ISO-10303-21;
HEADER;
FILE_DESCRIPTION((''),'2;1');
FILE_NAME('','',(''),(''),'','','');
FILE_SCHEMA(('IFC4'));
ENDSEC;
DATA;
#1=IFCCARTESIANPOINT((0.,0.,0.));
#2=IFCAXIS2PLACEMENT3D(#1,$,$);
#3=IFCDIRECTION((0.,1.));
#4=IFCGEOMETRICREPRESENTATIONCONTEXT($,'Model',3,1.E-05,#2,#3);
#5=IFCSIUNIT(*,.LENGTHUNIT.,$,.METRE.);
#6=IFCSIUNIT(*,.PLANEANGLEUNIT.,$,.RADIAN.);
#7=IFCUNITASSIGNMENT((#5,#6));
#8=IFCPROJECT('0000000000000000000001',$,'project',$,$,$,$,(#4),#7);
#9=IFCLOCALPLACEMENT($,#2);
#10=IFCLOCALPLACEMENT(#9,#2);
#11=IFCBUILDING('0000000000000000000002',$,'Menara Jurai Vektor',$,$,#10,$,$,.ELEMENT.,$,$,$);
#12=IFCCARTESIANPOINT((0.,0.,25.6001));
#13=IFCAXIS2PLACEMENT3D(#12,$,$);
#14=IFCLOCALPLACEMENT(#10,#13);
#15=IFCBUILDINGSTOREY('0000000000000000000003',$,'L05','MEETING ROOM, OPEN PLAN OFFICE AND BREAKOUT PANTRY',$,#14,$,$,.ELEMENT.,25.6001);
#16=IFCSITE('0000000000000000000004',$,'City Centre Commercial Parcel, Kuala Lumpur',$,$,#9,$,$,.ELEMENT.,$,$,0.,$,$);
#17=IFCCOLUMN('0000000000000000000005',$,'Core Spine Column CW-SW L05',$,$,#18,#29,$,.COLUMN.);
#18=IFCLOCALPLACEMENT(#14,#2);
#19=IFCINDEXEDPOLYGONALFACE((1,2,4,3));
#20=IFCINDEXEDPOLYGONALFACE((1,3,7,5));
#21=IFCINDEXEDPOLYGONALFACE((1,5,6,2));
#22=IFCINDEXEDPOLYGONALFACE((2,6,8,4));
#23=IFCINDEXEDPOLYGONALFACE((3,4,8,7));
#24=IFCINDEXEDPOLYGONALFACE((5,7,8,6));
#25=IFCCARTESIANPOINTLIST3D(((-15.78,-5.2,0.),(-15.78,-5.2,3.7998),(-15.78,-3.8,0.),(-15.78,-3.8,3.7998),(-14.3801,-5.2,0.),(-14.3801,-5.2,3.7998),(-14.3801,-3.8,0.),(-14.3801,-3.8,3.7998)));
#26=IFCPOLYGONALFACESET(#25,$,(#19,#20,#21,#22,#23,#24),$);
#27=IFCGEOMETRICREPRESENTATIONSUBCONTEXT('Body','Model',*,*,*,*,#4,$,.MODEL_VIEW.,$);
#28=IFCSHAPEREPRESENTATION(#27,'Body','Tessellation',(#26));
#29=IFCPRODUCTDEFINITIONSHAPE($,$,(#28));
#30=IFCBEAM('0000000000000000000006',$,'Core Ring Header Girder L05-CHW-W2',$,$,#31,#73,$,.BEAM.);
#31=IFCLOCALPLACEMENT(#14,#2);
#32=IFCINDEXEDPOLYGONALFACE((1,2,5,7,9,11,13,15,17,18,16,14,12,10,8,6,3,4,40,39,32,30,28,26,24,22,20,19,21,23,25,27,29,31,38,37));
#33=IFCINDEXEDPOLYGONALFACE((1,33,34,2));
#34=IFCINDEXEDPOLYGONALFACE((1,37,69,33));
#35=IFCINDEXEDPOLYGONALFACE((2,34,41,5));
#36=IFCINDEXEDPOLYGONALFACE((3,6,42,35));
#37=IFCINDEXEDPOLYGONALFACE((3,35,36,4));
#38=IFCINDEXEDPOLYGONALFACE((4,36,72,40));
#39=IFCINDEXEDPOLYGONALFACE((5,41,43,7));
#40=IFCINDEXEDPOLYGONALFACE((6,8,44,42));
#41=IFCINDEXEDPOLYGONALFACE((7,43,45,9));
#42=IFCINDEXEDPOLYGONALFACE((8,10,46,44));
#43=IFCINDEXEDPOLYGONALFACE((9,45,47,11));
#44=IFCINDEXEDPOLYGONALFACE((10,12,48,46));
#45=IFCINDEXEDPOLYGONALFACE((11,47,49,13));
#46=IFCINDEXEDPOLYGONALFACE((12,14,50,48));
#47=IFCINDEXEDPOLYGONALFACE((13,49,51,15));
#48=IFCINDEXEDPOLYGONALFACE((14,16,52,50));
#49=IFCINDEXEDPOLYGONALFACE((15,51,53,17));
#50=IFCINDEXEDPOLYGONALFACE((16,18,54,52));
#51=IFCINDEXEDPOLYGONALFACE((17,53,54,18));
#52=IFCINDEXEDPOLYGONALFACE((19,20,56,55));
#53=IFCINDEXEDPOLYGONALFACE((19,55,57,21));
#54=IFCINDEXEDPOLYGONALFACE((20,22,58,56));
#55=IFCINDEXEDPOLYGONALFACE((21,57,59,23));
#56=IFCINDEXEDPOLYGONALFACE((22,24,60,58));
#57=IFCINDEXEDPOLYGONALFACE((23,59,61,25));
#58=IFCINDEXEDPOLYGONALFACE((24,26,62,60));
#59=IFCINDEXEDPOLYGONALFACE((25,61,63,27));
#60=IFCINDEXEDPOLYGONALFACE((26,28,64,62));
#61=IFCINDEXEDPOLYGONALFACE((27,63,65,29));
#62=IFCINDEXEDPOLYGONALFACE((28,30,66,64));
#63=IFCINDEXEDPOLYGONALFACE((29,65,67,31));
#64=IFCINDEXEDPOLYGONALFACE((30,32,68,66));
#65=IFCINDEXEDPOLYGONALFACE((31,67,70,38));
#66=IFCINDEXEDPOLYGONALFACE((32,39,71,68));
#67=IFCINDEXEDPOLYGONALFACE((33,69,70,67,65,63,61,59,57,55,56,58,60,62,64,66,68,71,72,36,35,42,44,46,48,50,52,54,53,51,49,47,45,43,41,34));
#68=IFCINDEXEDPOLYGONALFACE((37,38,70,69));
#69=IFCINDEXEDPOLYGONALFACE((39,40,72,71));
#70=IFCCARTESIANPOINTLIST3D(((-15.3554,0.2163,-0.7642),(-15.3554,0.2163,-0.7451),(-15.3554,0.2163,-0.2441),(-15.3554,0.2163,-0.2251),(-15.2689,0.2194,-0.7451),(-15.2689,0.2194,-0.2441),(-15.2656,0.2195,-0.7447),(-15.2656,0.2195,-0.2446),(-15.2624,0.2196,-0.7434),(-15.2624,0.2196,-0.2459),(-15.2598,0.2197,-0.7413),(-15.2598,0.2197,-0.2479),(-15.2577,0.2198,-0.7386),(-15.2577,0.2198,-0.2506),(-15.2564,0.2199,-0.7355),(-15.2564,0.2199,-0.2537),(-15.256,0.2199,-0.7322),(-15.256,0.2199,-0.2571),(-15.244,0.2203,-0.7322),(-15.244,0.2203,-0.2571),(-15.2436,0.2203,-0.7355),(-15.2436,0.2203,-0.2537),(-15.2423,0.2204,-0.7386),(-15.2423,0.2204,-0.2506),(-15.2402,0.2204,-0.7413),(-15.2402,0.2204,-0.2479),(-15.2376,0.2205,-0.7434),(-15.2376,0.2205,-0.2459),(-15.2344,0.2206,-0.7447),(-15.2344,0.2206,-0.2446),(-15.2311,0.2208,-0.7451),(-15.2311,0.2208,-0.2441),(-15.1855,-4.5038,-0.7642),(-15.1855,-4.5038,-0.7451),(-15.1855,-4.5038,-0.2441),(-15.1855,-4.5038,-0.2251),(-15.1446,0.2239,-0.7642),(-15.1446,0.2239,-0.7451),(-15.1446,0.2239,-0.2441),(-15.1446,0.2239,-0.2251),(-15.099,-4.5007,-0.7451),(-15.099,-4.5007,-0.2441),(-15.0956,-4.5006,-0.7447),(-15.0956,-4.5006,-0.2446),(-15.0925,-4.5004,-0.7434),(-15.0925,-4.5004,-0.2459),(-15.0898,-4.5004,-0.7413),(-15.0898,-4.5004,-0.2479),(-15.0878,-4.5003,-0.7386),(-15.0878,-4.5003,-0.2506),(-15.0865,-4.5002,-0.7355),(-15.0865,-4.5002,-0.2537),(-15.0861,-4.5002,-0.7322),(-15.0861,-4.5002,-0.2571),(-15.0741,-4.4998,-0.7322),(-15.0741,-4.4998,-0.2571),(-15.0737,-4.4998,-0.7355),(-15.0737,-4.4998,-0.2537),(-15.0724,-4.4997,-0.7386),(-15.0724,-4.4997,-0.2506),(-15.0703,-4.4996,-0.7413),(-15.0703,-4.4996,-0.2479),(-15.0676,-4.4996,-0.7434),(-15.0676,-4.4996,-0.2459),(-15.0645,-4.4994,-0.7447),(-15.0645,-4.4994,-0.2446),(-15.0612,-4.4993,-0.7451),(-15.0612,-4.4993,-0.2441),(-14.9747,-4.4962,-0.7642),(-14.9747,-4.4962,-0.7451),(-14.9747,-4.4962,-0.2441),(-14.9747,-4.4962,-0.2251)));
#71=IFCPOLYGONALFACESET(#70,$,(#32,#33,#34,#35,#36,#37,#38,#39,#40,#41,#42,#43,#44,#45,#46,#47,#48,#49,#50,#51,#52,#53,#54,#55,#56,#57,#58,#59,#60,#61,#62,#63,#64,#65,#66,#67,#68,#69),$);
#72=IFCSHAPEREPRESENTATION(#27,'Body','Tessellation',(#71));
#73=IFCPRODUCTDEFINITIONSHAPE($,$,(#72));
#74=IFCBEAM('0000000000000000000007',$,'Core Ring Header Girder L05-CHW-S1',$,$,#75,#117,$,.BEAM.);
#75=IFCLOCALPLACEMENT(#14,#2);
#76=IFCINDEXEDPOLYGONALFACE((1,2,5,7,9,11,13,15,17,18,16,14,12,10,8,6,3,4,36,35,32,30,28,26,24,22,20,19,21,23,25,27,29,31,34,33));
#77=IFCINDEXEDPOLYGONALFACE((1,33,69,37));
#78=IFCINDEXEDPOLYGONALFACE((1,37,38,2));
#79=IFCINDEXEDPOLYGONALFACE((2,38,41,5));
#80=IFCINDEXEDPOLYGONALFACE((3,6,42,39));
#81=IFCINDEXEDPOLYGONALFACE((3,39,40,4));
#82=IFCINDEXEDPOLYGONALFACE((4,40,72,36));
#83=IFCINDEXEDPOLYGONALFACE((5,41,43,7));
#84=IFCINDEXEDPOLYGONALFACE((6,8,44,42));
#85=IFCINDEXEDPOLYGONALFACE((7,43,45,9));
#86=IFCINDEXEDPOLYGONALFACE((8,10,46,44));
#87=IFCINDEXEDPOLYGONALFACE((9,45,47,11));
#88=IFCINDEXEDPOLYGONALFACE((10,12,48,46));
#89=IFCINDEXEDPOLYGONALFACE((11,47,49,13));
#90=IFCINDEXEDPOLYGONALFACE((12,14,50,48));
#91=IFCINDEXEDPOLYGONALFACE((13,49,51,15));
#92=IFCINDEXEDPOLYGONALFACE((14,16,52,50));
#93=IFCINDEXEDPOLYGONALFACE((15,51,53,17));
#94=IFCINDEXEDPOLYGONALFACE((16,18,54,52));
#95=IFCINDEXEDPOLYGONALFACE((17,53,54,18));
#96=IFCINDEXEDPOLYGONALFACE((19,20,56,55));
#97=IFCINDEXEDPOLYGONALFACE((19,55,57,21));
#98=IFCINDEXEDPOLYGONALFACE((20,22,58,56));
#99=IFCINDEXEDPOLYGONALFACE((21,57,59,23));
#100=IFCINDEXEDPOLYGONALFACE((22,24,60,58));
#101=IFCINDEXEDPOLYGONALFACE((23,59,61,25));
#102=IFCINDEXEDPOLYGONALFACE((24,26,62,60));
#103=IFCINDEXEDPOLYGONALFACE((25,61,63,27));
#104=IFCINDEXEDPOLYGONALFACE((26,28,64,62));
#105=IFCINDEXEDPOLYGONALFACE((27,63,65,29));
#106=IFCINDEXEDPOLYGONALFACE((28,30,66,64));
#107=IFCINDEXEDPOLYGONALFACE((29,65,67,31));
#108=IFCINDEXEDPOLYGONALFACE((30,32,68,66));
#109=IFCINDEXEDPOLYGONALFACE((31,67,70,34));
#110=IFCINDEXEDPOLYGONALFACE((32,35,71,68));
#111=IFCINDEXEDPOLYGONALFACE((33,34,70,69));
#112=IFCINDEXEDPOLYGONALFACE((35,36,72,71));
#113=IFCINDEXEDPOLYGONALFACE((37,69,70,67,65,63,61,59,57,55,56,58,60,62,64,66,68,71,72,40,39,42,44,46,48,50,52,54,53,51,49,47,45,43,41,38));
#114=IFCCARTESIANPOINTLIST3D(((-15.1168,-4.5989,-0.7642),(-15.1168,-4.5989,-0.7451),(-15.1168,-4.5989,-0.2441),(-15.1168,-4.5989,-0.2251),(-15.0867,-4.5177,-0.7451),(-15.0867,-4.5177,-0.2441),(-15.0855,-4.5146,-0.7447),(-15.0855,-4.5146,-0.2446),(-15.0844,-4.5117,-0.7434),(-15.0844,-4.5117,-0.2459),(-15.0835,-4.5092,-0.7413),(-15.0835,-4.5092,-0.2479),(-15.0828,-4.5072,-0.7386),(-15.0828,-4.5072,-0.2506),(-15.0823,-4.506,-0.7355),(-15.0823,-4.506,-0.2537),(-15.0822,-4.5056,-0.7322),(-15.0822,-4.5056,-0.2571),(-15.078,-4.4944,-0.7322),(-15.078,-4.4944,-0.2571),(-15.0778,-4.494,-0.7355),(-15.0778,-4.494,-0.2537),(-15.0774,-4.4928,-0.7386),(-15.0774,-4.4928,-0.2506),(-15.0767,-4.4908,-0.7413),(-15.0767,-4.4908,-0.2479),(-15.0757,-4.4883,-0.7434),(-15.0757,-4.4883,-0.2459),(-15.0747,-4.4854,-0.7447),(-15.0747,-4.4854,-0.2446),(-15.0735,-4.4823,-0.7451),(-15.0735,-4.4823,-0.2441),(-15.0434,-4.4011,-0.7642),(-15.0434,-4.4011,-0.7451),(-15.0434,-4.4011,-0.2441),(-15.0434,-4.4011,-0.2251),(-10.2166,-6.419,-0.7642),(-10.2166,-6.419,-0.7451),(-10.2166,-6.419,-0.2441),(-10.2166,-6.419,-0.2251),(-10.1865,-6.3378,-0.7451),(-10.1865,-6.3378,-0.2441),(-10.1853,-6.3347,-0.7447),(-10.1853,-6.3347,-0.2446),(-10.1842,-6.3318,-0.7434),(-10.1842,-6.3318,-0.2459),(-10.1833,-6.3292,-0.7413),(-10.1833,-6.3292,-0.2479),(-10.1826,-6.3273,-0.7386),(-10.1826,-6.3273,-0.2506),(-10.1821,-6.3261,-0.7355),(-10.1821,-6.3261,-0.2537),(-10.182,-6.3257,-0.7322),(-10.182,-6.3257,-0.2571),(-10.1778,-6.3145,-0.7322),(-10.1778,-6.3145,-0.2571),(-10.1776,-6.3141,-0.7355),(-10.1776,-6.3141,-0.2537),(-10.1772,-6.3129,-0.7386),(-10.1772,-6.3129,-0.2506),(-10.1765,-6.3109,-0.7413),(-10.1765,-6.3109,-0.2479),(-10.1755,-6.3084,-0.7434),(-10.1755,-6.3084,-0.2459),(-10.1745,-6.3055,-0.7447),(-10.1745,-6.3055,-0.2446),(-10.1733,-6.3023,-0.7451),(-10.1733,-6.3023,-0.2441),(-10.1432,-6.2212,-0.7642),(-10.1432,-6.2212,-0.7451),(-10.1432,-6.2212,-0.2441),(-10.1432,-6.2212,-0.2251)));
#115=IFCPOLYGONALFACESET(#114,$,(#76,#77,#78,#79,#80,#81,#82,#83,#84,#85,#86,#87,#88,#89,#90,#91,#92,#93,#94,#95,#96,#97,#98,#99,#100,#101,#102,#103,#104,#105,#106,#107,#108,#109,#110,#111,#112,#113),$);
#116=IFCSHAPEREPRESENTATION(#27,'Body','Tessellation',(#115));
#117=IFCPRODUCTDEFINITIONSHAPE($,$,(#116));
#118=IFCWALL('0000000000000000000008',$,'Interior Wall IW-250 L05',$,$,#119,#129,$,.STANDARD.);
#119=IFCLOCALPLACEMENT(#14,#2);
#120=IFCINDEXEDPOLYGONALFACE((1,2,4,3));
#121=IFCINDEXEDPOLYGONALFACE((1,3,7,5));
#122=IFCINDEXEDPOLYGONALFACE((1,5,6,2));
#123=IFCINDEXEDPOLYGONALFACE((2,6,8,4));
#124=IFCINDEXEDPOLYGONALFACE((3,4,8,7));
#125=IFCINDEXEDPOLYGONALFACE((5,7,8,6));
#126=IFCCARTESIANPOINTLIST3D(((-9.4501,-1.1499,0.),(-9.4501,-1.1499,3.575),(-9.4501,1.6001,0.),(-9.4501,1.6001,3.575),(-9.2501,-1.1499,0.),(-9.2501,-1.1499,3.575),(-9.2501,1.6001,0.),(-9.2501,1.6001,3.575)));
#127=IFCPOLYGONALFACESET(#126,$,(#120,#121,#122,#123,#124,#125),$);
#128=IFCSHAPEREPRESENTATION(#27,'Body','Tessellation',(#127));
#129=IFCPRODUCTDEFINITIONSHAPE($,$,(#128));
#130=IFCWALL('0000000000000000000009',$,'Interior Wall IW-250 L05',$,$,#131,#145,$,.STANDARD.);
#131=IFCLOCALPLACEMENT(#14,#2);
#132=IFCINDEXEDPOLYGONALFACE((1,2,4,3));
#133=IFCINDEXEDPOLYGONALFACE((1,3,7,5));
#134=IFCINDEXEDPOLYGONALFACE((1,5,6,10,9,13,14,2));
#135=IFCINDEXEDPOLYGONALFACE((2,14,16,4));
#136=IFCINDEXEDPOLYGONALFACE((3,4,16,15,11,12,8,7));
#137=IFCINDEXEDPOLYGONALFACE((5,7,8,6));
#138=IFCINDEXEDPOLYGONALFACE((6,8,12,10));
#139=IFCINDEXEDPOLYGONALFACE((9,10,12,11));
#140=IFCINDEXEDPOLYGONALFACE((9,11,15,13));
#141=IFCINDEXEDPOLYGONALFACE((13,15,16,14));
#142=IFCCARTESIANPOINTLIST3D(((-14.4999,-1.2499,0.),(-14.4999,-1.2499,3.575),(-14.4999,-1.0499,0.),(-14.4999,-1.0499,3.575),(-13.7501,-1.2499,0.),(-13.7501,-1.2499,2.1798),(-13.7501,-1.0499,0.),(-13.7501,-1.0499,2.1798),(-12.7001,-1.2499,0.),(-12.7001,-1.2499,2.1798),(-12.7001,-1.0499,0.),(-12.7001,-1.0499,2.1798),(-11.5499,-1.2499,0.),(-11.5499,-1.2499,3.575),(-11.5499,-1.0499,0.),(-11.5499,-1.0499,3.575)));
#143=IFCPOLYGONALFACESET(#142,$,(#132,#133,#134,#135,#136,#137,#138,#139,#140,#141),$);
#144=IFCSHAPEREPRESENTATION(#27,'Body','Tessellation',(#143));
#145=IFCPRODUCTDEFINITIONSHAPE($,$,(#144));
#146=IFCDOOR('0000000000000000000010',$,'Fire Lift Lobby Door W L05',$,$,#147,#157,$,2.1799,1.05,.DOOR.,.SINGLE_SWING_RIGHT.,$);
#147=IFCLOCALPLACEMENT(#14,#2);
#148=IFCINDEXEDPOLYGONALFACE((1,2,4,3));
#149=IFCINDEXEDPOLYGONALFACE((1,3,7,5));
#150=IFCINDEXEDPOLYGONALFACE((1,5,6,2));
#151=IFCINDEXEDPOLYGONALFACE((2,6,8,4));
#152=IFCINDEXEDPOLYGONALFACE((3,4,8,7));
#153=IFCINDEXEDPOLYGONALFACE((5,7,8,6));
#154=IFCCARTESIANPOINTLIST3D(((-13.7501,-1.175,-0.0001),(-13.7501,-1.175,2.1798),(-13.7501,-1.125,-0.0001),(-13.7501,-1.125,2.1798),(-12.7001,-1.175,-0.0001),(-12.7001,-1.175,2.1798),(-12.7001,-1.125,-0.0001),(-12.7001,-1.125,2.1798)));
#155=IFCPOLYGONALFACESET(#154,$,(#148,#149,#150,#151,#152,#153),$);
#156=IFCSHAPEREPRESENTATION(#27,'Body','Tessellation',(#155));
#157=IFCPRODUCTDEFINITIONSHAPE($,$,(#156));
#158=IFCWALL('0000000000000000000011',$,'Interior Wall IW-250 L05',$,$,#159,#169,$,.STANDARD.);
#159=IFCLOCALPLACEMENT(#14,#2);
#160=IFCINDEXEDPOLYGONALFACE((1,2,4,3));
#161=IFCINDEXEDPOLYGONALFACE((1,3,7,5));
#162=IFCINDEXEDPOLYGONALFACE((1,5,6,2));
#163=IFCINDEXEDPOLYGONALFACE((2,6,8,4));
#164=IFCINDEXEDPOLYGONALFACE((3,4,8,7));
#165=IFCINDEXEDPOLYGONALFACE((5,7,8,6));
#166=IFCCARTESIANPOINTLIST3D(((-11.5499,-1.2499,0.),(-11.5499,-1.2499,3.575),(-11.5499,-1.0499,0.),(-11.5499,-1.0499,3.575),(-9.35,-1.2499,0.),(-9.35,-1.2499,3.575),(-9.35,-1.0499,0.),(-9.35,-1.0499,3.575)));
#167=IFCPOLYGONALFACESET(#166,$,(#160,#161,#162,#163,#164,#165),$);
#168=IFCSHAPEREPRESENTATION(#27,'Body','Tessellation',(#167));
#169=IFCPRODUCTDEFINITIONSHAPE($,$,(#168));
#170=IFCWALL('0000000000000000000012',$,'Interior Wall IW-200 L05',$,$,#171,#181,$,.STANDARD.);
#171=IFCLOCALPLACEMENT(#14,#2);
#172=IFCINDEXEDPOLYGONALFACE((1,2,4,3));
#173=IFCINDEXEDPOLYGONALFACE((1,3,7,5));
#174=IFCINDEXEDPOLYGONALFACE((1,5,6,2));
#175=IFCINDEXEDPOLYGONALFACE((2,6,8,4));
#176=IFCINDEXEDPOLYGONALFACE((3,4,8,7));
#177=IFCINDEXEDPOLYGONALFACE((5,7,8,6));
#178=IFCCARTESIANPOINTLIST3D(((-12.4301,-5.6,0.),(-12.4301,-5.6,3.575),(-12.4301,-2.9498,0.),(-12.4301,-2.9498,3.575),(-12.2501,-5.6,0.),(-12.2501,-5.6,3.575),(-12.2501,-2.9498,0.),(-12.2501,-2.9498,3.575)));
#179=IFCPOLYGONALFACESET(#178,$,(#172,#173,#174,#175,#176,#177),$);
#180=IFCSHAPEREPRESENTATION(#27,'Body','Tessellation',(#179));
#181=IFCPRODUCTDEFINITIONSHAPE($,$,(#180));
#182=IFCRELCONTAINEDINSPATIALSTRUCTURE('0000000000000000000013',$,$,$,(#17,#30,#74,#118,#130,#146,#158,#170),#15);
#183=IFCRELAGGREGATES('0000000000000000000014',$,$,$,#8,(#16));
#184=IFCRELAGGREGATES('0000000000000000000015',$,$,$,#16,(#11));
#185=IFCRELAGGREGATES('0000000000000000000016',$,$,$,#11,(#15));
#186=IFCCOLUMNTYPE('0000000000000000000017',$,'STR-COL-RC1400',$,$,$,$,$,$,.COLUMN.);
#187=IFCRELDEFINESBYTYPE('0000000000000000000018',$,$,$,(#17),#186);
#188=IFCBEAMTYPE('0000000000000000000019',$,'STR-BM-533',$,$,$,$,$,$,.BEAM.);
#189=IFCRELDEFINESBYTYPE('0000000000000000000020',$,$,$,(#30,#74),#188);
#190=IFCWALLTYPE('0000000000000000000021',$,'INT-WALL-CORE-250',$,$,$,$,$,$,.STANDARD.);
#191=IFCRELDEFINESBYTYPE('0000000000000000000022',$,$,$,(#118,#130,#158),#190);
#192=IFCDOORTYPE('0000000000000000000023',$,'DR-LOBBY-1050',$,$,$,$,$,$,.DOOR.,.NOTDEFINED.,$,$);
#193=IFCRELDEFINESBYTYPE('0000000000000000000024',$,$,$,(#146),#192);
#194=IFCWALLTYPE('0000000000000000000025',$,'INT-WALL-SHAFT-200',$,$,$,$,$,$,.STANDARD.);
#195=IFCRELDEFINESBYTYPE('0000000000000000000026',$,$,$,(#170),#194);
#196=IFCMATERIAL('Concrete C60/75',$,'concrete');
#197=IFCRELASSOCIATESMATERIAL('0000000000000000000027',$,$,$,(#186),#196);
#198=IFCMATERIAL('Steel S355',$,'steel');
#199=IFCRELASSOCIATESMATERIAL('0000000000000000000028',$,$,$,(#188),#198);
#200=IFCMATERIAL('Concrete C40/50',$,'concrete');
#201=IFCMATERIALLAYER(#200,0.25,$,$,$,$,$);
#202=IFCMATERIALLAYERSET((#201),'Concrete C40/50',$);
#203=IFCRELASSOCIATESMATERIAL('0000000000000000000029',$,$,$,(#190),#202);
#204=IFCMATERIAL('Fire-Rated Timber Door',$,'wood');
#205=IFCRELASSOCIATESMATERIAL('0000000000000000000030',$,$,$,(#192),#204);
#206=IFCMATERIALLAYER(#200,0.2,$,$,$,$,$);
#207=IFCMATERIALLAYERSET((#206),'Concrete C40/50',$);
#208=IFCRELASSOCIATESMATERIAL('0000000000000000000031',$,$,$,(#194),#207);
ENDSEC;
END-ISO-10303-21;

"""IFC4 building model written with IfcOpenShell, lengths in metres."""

from ifc_helpers import new_model, si_unit, direction, frame, frame_2d, origin, origin_2d, place, context, subcontext, project, spatial, rectangle, i_section, extrude, material, layer, layer_set, material_profile, profile_set, type_object, element, fill, save


model = new_model("IFC4")

# Units and contexts
model_context = context("Model", 3, precision=1e-05, world=origin(), true_north=direction((0.0, 1.0)))
body_context = subcontext(model_context, "Body", "Model", "MODEL_VIEW")
ifc_project = project(units=[si_unit("LENGTHUNIT", "METRE"), si_unit("PLANEANGLEUNIT", "RADIAN")], contexts=[model_context])

# Site, building, storey
site_placement = place(None, origin())
site = spatial("IfcSite", under=ifc_project, at=site_placement, Name="City Centre Commercial Parcel, Kuala Lumpur", CompositionType="ELEMENT", RefElevation=0.0)
building_placement = place(site_placement, origin())
building = spatial("IfcBuilding", under=site, at=building_placement, Name="Menara Jurai Vektor", CompositionType="ELEMENT")
storey_placement = place(building_placement, frame((0.0, 0.0, 25.6001)))
storey = spatial("IfcBuildingStorey", under=building, at=storey_placement, Name="L05", Description="MEETING ROOM, OPEN PLAN OFFICE AND BREAKOUT PANTRY", CompositionType="ELEMENT", Elevation=25.6001)

# Column
ifc_material_1 = material(Name="Concrete C60/75", Category="concrete")
ifc_material_profile_1 = material_profile(ifc_material_1, rectangle(XDim=1.3999, YDim=1.3999, at=origin_2d()), Name="RC 1400x1400")
ifc_profile_set_1 = profile_set([ifc_material_profile_1], Name="Concrete C60/75")
column_type = type_object("IfcColumnType", Name="STR-COL-RC1400", PredefinedType="COLUMN", material=ifc_profile_set_1)
column_placement = place(storey_placement, frame((-15.0801, -4.5, 0.0), z_axis=(0.0, 0.0, 1.0), x_axis=(1.0, 0.0, 0.0)))
element("IfcColumn", 1, at=column_placement, inside=storey, type_object=column_type, Name="Core Spine Column CW-SW L05", PredefinedType="COLUMN", context=body_context, shape_type="SweptSolid", body=[
    extrude(rectangle(XDim=1.3999, YDim=1.3999, at=origin_2d()), origin(), (0.0, 0.0, 1.0), 3.7998),
])

# Beams
ifc_material_2 = material(Name="Steel S355", Category="steel")
ifc_material_profile_2 = material_profile(ifc_material_2, i_section(OverallWidth=0.2109, OverallDepth=0.5391, WebThickness=0.012, FlangeThickness=0.019, FilletRadius=0.0129, at=origin_2d()), Name="UKB 533x210x109")
ifc_profile_set_2 = profile_set([ifc_material_profile_2], Name="Steel S355")
beam_type = type_object("IfcBeamType", Name="STR-BM-533", PredefinedType="BEAM", material=ifc_profile_set_2)
beam_1_placement = place(storey_placement, frame((-15.0801, -4.5, -0.4946), z_axis=(-0.035977, 0.999353, 0.0), x_axis=(-0.999353, -0.035977, 0.0)))
element("IfcBeam", 2, at=beam_1_placement, inside=storey, type_object=beam_type, Name="Core Ring Header Girder L05-CHW-W2", PredefinedType="BEAM", context=body_context, shape_type="SweptSolid", body=[
    extrude(i_section(OverallWidth=0.2109, OverallDepth=0.5391, WebThickness=0.012, FlangeThickness=0.019, FilletRadius=0.0129, at=origin_2d()), origin(), (0.0, 0.0, 1.0), 4.7231),
])
beam_2_placement = place(storey_placement, frame((-15.0801, -4.5, -0.4946), z_axis=(0.937424, -0.348189, 0.0), x_axis=(0.348189, 0.937424, 0.0)))
element("IfcBeam", 3, at=beam_2_placement, inside=storey, type_object=beam_type, Name="Core Ring Header Girder L05-CHW-S1", PredefinedType="BEAM", context=body_context, shape_type="SweptSolid", body=[
    extrude(i_section(OverallWidth=0.2109, OverallDepth=0.5391, WebThickness=0.012, FlangeThickness=0.019, FilletRadius=0.0129, at=origin_2d()), origin(), (0.0, 0.0, 1.0), 5.2273),
])

# Shared definitions
ifc_material_3 = material(Name="Concrete C40/50", Category="concrete")
ifc_layer_1 = layer(ifc_material_3, 0.25)
ifc_layer_set_1 = layer_set([ifc_layer_1], Name="Concrete C40/50")
wall_type_1 = type_object("IfcWallType", Name="INT-WALL-CORE-250", PredefinedType="STANDARD", material=ifc_layer_set_1)

# Wall
wall_1_placement = place(storey_placement, frame((-9.3501, -1.1499, 0.0), z_axis=(0.0, 0.0, 1.0), x_axis=(0.0, 1.0, 0.0)))
element("IfcWall", 4, at=wall_1_placement, inside=storey, type_object=wall_type_1, Name="Interior Wall IW-250 L05", PredefinedType="STANDARD", context=body_context, shape_type="SweptSolid", body=[
    extrude(rectangle(XDim=2.75, YDim=0.2, at=frame_2d((1.375, 0.0))), origin(), (0.0, 0.0, 1.0), 3.575),
])

# Wall, opening, door
wall_2_placement = place(storey_placement, frame((-14.5, -1.1499, 0.0), z_axis=(0.0, 0.0, 1.0), x_axis=(1.0, 0.0, 0.0)))
wall_2 = element("IfcWall", 5, at=wall_2_placement, inside=storey, type_object=wall_type_1, Name="Interior Wall IW-250 L05", PredefinedType="STANDARD", context=body_context, shape_type="SweptSolid", body=[
    extrude(rectangle(XDim=2.95, YDim=0.2, at=frame_2d((1.4751, 0.0))), origin(), (0.0, 0.0, 1.0), 3.575),
])
opening_1_placement = place(wall_2_placement, frame((0.75, 0.0, 0.0)))
opening_1 = element("IfcOpeningElement", 6, at=opening_1_placement, cuts=wall_2, PredefinedType="OPENING", context=body_context, shape_type="SweptSolid", body=[
    extrude(rectangle(XDim=1.05, YDim=2.1799, at=frame_2d((0.5249, 1.0898))), frame((0.0, 0.1099, 0.0), z_axis=(0.0, -1.0, 0.0), x_axis=(1.0, 0.0, 0.0)), (0.0, 0.0, 1.0), 0.22),
])
ifc_material_4 = material(Name="Fire-Rated Timber Door", Category="wood")
door_type_1 = type_object("IfcDoorType", Name="DR-LOBBY-1050", OperationType="NOTDEFINED", PredefinedType="DOOR", material=ifc_material_4)
door_1_placement = place(opening_1_placement, origin())
door_1 = element("IfcDoor", 7, at=door_1_placement, inside=storey, type_object=door_type_1, Name="Fire Lift Lobby Door W L05", OperationType="SINGLE_SWING_RIGHT", OverallHeight=2.1799, OverallWidth=1.05, PredefinedType="DOOR", context=body_context, shape_type="SweptSolid", body=[
    extrude(rectangle(XDim=1.05, YDim=2.1799, at=frame_2d((0.5249, 1.0898))), frame((0.0, 0.0249, 0.0), z_axis=(0.0, -1.0, 0.0), x_axis=(1.0, 0.0, 0.0)), (0.0, 0.0, 1.0), 0.05),
])
fill(opening_1, door_1)

# Wall
wall_3_placement = place(storey_placement, frame((-11.55, -1.1499, 0.0), z_axis=(0.0, 0.0, 1.0), x_axis=(1.0, 0.0, 0.0)))
element("IfcWall", 8, at=wall_3_placement, inside=storey, type_object=wall_type_1, Name="Interior Wall IW-250 L05", PredefinedType="STANDARD", context=body_context, shape_type="SweptSolid", body=[
    extrude(rectangle(XDim=2.2, YDim=0.2, at=frame_2d((1.1001, 0.0))), origin(), (0.0, 0.0, 1.0), 3.575),
])

# Shared definitions
ifc_layer_2 = layer(ifc_material_3, 0.2)
ifc_layer_set_2 = layer_set([ifc_layer_2], Name="Concrete C40/50")
wall_type_2 = type_object("IfcWallType", Name="INT-WALL-SHAFT-200", PredefinedType="STANDARD", material=ifc_layer_set_2)

# Wall
for number, where, z_axis, x_axis, name in (
    (9, (-12.3401, -5.6001, 0.0), (0.0, 0.0, 1.0), (0.0, 1.0, 0.0), "Interior Wall IW-200 L05"),
):
    element("IfcWall", number, at=place(storey_placement, frame(where, z_axis=z_axis, x_axis=x_axis)), inside=storey, type_object=wall_type_2, Name=name, PredefinedType="STANDARD", context=body_context, shape_type="SweptSolid", body=[
        extrude(rectangle(XDim=2.6501, YDim=0.1799, at=frame_2d((1.3252, 0.0))), origin(), (0.0, 0.0, 1.0), 3.575),
    ])

save(model, "model.ifc")
